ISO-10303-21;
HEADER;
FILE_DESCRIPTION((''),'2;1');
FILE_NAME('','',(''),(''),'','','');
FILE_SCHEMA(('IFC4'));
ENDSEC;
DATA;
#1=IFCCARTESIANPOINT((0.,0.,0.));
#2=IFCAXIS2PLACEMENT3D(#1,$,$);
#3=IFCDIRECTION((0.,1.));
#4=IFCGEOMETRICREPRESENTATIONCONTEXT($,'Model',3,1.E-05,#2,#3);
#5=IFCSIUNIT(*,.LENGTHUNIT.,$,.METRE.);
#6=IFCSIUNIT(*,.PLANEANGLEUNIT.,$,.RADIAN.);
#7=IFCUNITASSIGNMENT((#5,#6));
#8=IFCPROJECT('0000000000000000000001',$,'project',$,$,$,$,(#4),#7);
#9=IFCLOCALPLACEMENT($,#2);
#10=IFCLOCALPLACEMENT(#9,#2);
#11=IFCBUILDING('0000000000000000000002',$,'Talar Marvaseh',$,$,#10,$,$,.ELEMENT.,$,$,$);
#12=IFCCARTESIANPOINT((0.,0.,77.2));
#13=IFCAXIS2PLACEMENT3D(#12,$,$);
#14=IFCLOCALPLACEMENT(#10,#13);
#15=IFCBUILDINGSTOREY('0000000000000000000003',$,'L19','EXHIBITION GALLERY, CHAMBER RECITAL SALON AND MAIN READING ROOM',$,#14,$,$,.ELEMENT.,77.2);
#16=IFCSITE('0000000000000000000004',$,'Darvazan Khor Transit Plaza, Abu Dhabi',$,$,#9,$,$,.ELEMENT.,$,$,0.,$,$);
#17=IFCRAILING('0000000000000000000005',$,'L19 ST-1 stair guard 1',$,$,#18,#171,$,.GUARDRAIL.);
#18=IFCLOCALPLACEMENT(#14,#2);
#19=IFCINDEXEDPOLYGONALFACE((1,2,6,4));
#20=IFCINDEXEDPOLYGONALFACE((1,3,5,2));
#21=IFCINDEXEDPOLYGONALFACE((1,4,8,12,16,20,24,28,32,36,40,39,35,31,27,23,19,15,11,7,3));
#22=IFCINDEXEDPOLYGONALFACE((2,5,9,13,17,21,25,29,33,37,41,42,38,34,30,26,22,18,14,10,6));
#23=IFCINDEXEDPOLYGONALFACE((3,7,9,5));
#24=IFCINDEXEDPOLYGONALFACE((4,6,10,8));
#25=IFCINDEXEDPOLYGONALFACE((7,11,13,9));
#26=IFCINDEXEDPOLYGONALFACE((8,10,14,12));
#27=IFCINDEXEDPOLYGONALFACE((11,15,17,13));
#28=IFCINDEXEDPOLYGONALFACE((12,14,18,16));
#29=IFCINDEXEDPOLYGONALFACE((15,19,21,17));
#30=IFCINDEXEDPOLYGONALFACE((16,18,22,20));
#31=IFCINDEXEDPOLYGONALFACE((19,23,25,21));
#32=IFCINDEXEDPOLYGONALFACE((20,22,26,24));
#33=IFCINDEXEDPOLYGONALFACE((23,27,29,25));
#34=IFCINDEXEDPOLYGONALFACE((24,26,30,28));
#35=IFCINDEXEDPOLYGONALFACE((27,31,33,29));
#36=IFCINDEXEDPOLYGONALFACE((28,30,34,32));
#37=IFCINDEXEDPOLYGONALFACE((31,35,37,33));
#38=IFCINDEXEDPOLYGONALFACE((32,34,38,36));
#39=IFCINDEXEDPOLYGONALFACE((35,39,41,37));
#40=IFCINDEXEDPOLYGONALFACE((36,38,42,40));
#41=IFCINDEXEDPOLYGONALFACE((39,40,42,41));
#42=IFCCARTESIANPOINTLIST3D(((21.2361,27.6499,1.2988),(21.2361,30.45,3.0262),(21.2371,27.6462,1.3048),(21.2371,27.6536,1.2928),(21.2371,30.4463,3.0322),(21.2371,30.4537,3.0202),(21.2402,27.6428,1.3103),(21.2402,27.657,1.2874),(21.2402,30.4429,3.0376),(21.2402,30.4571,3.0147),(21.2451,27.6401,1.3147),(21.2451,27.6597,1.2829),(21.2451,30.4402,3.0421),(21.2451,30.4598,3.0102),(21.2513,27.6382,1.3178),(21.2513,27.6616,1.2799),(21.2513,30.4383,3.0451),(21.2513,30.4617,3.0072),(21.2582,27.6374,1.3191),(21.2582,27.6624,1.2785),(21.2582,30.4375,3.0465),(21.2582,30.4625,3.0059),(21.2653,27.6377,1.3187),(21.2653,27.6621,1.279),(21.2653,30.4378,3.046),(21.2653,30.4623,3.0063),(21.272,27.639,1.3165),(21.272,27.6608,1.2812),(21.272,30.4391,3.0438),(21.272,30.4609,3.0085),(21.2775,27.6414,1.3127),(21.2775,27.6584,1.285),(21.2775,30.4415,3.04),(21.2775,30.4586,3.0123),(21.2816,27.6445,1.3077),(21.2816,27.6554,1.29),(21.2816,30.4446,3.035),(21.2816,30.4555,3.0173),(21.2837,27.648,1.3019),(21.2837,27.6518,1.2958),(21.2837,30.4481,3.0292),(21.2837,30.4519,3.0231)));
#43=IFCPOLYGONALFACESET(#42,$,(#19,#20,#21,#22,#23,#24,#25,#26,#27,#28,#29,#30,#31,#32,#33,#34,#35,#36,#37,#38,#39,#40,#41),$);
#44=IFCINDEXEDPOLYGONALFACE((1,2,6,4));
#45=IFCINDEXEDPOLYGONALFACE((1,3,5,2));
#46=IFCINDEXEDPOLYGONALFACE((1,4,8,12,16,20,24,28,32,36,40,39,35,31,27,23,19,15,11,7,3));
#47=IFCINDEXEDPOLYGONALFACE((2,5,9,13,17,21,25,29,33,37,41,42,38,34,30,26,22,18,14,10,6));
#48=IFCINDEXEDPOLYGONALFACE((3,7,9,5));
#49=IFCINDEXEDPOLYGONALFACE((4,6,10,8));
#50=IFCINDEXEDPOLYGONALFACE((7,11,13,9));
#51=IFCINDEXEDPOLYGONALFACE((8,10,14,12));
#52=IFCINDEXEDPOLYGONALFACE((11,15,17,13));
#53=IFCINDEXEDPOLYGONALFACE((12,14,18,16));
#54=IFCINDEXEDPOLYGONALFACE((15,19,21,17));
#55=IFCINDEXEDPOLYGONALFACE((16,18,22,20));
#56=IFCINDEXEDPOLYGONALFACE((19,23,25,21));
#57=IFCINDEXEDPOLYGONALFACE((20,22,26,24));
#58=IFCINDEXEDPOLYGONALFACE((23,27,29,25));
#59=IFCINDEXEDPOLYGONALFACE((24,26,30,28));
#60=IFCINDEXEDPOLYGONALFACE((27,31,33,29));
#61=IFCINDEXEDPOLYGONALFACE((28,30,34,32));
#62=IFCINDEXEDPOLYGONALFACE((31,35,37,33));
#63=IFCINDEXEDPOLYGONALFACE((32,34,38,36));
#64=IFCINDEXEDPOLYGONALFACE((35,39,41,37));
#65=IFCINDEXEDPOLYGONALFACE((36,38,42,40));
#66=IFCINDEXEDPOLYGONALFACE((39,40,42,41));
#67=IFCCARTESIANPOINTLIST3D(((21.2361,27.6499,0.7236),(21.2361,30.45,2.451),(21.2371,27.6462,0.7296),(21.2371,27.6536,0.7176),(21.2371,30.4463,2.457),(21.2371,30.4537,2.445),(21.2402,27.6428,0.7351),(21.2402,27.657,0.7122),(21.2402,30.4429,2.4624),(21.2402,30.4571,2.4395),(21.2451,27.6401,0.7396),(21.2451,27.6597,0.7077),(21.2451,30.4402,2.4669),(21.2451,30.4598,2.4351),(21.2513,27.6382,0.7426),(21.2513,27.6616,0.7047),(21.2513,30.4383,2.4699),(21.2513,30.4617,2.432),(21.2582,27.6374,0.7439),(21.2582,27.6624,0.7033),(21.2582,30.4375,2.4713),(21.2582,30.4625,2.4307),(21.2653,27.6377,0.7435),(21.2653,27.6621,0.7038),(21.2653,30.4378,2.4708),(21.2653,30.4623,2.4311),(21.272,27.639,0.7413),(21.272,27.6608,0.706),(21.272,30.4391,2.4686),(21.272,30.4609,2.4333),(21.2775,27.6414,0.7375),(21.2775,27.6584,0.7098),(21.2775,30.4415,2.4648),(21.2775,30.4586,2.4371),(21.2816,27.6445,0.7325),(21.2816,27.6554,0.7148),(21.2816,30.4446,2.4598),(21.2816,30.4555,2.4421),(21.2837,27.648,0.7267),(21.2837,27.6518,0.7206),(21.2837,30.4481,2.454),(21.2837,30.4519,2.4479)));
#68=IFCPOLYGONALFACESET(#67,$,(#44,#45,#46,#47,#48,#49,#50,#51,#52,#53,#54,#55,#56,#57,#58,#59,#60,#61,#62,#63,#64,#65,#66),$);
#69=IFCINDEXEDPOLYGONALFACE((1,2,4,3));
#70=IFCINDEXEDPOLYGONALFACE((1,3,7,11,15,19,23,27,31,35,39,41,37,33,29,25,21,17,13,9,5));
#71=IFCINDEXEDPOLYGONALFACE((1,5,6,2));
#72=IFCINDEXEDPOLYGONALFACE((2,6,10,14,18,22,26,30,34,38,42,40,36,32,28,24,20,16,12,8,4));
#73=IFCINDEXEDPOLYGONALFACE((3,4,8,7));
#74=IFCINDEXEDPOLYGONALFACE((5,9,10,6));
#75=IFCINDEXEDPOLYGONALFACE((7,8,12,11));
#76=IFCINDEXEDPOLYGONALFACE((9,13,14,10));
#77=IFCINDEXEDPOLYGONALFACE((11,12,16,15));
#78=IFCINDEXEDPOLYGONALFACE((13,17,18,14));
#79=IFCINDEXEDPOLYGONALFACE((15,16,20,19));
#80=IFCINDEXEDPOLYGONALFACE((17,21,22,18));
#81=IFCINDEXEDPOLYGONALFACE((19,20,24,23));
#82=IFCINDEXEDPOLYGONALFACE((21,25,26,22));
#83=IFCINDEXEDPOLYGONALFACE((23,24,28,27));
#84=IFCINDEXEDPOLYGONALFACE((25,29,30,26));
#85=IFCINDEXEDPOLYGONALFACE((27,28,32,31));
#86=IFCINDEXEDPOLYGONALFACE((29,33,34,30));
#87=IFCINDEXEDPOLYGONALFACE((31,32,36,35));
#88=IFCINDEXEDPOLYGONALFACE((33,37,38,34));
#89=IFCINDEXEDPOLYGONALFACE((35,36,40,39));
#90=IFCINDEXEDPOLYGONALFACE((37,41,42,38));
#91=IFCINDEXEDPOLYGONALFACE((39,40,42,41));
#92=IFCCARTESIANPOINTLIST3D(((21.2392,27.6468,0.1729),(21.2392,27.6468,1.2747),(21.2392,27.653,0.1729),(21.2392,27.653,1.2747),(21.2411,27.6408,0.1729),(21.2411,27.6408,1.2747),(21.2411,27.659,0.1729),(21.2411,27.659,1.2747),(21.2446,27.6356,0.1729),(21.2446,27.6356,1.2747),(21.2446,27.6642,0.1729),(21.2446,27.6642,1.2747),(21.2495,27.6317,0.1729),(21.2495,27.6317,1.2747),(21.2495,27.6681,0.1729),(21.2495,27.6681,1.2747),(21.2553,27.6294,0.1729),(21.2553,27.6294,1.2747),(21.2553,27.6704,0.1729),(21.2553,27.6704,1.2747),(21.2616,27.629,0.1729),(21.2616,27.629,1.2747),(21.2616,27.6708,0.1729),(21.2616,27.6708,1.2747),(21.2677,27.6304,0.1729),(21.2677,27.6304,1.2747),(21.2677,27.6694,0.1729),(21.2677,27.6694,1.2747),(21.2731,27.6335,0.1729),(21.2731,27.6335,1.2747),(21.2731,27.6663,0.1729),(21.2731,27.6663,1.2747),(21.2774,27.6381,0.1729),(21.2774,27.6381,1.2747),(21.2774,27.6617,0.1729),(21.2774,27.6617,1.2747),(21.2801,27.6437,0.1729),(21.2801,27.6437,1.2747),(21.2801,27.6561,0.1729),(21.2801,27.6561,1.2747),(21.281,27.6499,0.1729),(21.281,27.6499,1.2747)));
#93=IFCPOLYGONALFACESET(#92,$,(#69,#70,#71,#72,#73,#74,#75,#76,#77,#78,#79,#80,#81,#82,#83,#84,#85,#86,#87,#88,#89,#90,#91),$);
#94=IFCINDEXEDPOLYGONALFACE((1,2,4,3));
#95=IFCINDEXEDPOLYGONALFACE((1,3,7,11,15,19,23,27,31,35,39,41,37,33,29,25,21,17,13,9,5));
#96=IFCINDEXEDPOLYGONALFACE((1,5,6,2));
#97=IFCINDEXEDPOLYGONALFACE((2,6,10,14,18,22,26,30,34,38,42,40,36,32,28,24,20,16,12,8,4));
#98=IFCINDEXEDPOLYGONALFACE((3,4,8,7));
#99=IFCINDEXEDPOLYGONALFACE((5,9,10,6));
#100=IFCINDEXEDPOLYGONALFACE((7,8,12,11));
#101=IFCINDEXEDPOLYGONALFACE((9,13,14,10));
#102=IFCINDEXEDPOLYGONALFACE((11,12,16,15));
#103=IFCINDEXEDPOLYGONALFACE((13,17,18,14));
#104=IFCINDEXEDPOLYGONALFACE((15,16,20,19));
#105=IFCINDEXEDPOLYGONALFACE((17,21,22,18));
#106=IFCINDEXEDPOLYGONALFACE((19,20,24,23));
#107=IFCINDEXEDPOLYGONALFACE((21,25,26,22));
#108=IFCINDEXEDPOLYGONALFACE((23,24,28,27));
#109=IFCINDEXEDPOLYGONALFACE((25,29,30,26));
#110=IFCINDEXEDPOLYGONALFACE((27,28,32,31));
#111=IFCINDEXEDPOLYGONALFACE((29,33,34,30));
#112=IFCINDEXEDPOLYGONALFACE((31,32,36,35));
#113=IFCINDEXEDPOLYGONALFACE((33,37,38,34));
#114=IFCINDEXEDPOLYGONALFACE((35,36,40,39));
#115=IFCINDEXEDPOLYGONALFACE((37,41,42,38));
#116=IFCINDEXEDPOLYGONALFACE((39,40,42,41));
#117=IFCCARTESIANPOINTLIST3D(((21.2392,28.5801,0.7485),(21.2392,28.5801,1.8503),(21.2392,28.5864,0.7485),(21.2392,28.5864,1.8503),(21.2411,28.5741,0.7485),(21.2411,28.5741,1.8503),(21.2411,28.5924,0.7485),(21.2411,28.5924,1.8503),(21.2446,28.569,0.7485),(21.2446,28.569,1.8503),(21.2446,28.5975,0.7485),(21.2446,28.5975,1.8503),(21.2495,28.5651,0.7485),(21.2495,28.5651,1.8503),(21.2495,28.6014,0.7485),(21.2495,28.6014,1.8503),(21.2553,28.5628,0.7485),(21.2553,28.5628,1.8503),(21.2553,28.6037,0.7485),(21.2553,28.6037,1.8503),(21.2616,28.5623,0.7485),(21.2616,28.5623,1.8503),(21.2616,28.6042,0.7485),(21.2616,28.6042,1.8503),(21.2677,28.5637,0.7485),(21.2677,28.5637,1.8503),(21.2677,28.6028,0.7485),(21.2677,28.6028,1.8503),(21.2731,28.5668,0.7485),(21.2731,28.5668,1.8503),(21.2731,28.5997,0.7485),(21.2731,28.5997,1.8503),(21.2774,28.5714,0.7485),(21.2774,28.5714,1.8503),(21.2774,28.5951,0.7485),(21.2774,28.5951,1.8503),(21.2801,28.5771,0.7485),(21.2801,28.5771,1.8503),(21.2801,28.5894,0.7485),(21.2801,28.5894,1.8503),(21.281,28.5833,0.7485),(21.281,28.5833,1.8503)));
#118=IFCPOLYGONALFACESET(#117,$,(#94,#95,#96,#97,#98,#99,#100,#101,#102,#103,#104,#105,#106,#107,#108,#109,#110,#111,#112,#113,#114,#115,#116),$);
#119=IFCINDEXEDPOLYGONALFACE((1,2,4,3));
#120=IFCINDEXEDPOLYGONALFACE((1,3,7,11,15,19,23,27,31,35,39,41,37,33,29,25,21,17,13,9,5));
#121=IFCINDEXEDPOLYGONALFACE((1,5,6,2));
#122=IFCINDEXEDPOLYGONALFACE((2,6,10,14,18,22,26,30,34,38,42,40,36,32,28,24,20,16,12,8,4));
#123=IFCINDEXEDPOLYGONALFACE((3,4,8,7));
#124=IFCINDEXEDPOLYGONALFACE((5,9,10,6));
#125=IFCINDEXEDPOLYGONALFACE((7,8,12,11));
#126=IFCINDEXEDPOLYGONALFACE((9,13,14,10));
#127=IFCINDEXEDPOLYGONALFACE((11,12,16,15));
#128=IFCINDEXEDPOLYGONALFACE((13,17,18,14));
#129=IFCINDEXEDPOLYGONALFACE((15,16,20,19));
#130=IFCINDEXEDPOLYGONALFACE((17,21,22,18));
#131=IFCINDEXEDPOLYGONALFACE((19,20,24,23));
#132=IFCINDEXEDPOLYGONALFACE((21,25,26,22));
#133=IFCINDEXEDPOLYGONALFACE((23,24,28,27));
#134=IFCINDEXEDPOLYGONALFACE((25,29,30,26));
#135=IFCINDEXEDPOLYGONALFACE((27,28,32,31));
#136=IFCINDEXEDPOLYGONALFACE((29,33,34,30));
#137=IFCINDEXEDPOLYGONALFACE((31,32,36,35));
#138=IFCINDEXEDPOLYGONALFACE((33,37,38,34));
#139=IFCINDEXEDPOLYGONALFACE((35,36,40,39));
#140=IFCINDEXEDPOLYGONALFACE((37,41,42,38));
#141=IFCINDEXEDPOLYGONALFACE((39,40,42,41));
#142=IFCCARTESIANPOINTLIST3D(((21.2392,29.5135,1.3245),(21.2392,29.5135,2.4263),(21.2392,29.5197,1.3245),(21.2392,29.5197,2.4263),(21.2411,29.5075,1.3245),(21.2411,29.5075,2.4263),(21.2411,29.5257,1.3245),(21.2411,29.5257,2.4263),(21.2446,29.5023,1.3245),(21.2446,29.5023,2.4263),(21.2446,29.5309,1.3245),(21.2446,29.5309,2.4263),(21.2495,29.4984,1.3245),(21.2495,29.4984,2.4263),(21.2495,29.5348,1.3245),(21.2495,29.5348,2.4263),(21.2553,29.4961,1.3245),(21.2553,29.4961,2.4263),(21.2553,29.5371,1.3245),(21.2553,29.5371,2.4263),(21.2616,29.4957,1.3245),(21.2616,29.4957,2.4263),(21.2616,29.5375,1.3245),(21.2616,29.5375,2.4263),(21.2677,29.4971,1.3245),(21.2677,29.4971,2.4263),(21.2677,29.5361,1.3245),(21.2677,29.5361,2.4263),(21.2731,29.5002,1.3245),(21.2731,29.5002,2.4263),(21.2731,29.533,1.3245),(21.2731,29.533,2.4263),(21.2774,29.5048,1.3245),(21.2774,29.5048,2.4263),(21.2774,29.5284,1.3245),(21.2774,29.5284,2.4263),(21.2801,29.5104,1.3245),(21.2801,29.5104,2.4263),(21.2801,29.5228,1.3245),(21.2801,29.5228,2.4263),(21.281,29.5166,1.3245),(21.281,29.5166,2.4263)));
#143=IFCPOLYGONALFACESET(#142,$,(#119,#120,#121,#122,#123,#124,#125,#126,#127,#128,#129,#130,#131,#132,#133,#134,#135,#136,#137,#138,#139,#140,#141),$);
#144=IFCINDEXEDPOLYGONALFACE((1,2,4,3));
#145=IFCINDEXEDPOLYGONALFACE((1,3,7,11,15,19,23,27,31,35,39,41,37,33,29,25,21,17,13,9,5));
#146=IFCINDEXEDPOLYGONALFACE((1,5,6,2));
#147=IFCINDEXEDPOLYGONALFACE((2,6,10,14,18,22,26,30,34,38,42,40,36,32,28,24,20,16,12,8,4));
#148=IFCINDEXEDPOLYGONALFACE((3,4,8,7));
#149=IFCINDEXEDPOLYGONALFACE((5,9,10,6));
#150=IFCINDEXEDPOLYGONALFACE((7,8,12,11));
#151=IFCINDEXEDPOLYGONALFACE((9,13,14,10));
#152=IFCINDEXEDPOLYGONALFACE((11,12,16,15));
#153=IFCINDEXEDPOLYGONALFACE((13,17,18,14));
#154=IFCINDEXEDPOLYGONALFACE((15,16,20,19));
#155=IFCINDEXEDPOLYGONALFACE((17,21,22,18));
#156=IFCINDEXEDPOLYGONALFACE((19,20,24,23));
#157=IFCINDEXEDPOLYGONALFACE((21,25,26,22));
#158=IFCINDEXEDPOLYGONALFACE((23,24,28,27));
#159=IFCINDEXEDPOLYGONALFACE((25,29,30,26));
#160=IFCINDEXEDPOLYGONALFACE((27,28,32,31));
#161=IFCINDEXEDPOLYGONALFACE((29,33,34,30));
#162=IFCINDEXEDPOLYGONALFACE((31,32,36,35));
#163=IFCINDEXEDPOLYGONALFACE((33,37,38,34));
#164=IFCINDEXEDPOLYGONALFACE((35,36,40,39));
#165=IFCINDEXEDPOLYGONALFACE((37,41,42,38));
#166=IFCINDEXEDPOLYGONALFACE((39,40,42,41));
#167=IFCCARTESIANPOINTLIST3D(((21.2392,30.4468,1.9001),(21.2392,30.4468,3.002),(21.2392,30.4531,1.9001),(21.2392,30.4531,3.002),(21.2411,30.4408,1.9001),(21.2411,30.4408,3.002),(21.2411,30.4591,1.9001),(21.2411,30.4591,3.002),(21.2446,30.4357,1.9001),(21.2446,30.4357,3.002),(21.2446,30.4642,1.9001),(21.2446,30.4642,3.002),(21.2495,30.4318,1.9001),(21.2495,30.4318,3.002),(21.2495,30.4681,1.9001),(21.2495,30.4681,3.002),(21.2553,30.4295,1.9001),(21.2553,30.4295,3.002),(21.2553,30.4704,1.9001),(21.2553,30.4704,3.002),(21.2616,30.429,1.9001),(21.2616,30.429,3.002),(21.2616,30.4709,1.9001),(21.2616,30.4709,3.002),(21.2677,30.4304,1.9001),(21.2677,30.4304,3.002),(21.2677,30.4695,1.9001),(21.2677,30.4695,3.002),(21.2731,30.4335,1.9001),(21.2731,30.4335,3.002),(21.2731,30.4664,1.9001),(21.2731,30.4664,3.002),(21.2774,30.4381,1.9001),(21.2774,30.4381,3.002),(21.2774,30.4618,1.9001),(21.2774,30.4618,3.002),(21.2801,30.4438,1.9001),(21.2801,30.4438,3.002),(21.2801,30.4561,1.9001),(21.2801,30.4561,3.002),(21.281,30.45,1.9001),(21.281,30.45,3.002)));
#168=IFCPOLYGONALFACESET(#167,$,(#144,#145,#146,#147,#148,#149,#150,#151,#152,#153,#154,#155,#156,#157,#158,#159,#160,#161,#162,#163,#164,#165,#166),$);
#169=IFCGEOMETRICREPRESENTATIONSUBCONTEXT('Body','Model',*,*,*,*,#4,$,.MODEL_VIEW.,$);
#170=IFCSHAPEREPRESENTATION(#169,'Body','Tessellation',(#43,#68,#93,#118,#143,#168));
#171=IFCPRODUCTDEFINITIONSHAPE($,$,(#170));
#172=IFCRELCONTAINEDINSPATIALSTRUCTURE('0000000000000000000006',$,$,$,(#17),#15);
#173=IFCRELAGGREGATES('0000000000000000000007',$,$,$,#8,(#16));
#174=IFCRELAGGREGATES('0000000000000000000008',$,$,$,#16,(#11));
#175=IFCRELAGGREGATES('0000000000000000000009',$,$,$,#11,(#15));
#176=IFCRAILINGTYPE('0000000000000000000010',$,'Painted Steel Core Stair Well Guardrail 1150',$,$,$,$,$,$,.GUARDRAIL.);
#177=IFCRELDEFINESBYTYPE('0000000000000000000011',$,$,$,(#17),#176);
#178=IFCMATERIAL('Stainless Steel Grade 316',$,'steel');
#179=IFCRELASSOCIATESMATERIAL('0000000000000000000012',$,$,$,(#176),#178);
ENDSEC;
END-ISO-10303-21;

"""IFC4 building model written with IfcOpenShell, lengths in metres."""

from ifc_helpers import new_model, si_unit, direction, frame, origin, origin_2d, place, context, subcontext, project, spatial, circle, extrude, material, type_object, element, save


model = new_model("IFC4")

# Units and contexts
model_context = context("Model", 3, precision=1e-05, world=origin(), true_north=direction((0.0, 1.0)))
body_context = subcontext(model_context, "Body", "Model", "MODEL_VIEW")
ifc_project = project(units=[si_unit("LENGTHUNIT", "METRE"), si_unit("PLANEANGLEUNIT", "RADIAN")], contexts=[model_context])

# Site, building, storey
site_placement = place(None, origin())
site = spatial("IfcSite", under=ifc_project, at=site_placement, Name="Darvazan Khor Transit Plaza, Abu Dhabi", CompositionType="ELEMENT", RefElevation=0.0)
building_placement = place(site_placement, origin())
building = spatial("IfcBuilding", under=site, at=building_placement, Name="Talar Marvaseh", CompositionType="ELEMENT")
storey_placement = place(building_placement, frame((0.0, 0.0, 77.2)))
storey = spatial("IfcBuildingStorey", under=building, at=storey_placement, Name="L19", Description="EXHIBITION GALLERY, CHAMBER RECITAL SALON AND MAIN READING ROOM", CompositionType="ELEMENT", Elevation=77.2)

# Railing
ifc_material_1 = material(Name="Stainless Steel Grade 316", Category="steel")
railing_type_1 = type_object("IfcRailingType", Name="Painted Steel Core Stair Well Guardrail 1150", PredefinedType="GUARDRAIL", material=ifc_material_1)
railing_1_placement = place(storey_placement, frame((21.26, 27.6499, 0.1729)))
element("IfcRailing", 1, at=railing_1_placement, inside=storey, type_object=railing_type_1, Name="L19 ST-1 stair guard 1", PredefinedType="GUARDRAIL", context=body_context, shape_type="SweptSolid", body=[
    extrude(circle(Radius=0.0239, at=origin_2d()), frame((0.0, 0.0, 1.126), z_axis=(0.0, 0.85109, 0.52502), x_axis=(-1.0, 0.0, 0.0)), (0.0, 0.0, 1.0), 3.29),
    extrude(circle(Radius=0.0239, at=origin_2d()), frame((0.0, 0.0, 0.5508), z_axis=(0.0, 0.85109, 0.52502), x_axis=(-1.0, 0.0, 0.0)), (0.0, 0.0, 1.0), 3.29),
    extrude(circle(Radius=0.021, at=origin_2d()), origin(), (0.0, 0.0, 1.0), 1.1018),
    extrude(circle(Radius=0.021, at=origin_2d()), frame((0.0, 0.9333, 0.5757)), (0.0, 0.0, 1.0), 1.1018),
    extrude(circle(Radius=0.021, at=origin_2d()), frame((0.0, 1.8667, 1.1516)), (0.0, 0.0, 1.0), 1.1018),
    extrude(circle(Radius=0.021, at=origin_2d()), frame((0.0, 2.8, 1.7273)), (0.0, 0.0, 1.0), 1.1018),
])

save(model, "model.ifc")
